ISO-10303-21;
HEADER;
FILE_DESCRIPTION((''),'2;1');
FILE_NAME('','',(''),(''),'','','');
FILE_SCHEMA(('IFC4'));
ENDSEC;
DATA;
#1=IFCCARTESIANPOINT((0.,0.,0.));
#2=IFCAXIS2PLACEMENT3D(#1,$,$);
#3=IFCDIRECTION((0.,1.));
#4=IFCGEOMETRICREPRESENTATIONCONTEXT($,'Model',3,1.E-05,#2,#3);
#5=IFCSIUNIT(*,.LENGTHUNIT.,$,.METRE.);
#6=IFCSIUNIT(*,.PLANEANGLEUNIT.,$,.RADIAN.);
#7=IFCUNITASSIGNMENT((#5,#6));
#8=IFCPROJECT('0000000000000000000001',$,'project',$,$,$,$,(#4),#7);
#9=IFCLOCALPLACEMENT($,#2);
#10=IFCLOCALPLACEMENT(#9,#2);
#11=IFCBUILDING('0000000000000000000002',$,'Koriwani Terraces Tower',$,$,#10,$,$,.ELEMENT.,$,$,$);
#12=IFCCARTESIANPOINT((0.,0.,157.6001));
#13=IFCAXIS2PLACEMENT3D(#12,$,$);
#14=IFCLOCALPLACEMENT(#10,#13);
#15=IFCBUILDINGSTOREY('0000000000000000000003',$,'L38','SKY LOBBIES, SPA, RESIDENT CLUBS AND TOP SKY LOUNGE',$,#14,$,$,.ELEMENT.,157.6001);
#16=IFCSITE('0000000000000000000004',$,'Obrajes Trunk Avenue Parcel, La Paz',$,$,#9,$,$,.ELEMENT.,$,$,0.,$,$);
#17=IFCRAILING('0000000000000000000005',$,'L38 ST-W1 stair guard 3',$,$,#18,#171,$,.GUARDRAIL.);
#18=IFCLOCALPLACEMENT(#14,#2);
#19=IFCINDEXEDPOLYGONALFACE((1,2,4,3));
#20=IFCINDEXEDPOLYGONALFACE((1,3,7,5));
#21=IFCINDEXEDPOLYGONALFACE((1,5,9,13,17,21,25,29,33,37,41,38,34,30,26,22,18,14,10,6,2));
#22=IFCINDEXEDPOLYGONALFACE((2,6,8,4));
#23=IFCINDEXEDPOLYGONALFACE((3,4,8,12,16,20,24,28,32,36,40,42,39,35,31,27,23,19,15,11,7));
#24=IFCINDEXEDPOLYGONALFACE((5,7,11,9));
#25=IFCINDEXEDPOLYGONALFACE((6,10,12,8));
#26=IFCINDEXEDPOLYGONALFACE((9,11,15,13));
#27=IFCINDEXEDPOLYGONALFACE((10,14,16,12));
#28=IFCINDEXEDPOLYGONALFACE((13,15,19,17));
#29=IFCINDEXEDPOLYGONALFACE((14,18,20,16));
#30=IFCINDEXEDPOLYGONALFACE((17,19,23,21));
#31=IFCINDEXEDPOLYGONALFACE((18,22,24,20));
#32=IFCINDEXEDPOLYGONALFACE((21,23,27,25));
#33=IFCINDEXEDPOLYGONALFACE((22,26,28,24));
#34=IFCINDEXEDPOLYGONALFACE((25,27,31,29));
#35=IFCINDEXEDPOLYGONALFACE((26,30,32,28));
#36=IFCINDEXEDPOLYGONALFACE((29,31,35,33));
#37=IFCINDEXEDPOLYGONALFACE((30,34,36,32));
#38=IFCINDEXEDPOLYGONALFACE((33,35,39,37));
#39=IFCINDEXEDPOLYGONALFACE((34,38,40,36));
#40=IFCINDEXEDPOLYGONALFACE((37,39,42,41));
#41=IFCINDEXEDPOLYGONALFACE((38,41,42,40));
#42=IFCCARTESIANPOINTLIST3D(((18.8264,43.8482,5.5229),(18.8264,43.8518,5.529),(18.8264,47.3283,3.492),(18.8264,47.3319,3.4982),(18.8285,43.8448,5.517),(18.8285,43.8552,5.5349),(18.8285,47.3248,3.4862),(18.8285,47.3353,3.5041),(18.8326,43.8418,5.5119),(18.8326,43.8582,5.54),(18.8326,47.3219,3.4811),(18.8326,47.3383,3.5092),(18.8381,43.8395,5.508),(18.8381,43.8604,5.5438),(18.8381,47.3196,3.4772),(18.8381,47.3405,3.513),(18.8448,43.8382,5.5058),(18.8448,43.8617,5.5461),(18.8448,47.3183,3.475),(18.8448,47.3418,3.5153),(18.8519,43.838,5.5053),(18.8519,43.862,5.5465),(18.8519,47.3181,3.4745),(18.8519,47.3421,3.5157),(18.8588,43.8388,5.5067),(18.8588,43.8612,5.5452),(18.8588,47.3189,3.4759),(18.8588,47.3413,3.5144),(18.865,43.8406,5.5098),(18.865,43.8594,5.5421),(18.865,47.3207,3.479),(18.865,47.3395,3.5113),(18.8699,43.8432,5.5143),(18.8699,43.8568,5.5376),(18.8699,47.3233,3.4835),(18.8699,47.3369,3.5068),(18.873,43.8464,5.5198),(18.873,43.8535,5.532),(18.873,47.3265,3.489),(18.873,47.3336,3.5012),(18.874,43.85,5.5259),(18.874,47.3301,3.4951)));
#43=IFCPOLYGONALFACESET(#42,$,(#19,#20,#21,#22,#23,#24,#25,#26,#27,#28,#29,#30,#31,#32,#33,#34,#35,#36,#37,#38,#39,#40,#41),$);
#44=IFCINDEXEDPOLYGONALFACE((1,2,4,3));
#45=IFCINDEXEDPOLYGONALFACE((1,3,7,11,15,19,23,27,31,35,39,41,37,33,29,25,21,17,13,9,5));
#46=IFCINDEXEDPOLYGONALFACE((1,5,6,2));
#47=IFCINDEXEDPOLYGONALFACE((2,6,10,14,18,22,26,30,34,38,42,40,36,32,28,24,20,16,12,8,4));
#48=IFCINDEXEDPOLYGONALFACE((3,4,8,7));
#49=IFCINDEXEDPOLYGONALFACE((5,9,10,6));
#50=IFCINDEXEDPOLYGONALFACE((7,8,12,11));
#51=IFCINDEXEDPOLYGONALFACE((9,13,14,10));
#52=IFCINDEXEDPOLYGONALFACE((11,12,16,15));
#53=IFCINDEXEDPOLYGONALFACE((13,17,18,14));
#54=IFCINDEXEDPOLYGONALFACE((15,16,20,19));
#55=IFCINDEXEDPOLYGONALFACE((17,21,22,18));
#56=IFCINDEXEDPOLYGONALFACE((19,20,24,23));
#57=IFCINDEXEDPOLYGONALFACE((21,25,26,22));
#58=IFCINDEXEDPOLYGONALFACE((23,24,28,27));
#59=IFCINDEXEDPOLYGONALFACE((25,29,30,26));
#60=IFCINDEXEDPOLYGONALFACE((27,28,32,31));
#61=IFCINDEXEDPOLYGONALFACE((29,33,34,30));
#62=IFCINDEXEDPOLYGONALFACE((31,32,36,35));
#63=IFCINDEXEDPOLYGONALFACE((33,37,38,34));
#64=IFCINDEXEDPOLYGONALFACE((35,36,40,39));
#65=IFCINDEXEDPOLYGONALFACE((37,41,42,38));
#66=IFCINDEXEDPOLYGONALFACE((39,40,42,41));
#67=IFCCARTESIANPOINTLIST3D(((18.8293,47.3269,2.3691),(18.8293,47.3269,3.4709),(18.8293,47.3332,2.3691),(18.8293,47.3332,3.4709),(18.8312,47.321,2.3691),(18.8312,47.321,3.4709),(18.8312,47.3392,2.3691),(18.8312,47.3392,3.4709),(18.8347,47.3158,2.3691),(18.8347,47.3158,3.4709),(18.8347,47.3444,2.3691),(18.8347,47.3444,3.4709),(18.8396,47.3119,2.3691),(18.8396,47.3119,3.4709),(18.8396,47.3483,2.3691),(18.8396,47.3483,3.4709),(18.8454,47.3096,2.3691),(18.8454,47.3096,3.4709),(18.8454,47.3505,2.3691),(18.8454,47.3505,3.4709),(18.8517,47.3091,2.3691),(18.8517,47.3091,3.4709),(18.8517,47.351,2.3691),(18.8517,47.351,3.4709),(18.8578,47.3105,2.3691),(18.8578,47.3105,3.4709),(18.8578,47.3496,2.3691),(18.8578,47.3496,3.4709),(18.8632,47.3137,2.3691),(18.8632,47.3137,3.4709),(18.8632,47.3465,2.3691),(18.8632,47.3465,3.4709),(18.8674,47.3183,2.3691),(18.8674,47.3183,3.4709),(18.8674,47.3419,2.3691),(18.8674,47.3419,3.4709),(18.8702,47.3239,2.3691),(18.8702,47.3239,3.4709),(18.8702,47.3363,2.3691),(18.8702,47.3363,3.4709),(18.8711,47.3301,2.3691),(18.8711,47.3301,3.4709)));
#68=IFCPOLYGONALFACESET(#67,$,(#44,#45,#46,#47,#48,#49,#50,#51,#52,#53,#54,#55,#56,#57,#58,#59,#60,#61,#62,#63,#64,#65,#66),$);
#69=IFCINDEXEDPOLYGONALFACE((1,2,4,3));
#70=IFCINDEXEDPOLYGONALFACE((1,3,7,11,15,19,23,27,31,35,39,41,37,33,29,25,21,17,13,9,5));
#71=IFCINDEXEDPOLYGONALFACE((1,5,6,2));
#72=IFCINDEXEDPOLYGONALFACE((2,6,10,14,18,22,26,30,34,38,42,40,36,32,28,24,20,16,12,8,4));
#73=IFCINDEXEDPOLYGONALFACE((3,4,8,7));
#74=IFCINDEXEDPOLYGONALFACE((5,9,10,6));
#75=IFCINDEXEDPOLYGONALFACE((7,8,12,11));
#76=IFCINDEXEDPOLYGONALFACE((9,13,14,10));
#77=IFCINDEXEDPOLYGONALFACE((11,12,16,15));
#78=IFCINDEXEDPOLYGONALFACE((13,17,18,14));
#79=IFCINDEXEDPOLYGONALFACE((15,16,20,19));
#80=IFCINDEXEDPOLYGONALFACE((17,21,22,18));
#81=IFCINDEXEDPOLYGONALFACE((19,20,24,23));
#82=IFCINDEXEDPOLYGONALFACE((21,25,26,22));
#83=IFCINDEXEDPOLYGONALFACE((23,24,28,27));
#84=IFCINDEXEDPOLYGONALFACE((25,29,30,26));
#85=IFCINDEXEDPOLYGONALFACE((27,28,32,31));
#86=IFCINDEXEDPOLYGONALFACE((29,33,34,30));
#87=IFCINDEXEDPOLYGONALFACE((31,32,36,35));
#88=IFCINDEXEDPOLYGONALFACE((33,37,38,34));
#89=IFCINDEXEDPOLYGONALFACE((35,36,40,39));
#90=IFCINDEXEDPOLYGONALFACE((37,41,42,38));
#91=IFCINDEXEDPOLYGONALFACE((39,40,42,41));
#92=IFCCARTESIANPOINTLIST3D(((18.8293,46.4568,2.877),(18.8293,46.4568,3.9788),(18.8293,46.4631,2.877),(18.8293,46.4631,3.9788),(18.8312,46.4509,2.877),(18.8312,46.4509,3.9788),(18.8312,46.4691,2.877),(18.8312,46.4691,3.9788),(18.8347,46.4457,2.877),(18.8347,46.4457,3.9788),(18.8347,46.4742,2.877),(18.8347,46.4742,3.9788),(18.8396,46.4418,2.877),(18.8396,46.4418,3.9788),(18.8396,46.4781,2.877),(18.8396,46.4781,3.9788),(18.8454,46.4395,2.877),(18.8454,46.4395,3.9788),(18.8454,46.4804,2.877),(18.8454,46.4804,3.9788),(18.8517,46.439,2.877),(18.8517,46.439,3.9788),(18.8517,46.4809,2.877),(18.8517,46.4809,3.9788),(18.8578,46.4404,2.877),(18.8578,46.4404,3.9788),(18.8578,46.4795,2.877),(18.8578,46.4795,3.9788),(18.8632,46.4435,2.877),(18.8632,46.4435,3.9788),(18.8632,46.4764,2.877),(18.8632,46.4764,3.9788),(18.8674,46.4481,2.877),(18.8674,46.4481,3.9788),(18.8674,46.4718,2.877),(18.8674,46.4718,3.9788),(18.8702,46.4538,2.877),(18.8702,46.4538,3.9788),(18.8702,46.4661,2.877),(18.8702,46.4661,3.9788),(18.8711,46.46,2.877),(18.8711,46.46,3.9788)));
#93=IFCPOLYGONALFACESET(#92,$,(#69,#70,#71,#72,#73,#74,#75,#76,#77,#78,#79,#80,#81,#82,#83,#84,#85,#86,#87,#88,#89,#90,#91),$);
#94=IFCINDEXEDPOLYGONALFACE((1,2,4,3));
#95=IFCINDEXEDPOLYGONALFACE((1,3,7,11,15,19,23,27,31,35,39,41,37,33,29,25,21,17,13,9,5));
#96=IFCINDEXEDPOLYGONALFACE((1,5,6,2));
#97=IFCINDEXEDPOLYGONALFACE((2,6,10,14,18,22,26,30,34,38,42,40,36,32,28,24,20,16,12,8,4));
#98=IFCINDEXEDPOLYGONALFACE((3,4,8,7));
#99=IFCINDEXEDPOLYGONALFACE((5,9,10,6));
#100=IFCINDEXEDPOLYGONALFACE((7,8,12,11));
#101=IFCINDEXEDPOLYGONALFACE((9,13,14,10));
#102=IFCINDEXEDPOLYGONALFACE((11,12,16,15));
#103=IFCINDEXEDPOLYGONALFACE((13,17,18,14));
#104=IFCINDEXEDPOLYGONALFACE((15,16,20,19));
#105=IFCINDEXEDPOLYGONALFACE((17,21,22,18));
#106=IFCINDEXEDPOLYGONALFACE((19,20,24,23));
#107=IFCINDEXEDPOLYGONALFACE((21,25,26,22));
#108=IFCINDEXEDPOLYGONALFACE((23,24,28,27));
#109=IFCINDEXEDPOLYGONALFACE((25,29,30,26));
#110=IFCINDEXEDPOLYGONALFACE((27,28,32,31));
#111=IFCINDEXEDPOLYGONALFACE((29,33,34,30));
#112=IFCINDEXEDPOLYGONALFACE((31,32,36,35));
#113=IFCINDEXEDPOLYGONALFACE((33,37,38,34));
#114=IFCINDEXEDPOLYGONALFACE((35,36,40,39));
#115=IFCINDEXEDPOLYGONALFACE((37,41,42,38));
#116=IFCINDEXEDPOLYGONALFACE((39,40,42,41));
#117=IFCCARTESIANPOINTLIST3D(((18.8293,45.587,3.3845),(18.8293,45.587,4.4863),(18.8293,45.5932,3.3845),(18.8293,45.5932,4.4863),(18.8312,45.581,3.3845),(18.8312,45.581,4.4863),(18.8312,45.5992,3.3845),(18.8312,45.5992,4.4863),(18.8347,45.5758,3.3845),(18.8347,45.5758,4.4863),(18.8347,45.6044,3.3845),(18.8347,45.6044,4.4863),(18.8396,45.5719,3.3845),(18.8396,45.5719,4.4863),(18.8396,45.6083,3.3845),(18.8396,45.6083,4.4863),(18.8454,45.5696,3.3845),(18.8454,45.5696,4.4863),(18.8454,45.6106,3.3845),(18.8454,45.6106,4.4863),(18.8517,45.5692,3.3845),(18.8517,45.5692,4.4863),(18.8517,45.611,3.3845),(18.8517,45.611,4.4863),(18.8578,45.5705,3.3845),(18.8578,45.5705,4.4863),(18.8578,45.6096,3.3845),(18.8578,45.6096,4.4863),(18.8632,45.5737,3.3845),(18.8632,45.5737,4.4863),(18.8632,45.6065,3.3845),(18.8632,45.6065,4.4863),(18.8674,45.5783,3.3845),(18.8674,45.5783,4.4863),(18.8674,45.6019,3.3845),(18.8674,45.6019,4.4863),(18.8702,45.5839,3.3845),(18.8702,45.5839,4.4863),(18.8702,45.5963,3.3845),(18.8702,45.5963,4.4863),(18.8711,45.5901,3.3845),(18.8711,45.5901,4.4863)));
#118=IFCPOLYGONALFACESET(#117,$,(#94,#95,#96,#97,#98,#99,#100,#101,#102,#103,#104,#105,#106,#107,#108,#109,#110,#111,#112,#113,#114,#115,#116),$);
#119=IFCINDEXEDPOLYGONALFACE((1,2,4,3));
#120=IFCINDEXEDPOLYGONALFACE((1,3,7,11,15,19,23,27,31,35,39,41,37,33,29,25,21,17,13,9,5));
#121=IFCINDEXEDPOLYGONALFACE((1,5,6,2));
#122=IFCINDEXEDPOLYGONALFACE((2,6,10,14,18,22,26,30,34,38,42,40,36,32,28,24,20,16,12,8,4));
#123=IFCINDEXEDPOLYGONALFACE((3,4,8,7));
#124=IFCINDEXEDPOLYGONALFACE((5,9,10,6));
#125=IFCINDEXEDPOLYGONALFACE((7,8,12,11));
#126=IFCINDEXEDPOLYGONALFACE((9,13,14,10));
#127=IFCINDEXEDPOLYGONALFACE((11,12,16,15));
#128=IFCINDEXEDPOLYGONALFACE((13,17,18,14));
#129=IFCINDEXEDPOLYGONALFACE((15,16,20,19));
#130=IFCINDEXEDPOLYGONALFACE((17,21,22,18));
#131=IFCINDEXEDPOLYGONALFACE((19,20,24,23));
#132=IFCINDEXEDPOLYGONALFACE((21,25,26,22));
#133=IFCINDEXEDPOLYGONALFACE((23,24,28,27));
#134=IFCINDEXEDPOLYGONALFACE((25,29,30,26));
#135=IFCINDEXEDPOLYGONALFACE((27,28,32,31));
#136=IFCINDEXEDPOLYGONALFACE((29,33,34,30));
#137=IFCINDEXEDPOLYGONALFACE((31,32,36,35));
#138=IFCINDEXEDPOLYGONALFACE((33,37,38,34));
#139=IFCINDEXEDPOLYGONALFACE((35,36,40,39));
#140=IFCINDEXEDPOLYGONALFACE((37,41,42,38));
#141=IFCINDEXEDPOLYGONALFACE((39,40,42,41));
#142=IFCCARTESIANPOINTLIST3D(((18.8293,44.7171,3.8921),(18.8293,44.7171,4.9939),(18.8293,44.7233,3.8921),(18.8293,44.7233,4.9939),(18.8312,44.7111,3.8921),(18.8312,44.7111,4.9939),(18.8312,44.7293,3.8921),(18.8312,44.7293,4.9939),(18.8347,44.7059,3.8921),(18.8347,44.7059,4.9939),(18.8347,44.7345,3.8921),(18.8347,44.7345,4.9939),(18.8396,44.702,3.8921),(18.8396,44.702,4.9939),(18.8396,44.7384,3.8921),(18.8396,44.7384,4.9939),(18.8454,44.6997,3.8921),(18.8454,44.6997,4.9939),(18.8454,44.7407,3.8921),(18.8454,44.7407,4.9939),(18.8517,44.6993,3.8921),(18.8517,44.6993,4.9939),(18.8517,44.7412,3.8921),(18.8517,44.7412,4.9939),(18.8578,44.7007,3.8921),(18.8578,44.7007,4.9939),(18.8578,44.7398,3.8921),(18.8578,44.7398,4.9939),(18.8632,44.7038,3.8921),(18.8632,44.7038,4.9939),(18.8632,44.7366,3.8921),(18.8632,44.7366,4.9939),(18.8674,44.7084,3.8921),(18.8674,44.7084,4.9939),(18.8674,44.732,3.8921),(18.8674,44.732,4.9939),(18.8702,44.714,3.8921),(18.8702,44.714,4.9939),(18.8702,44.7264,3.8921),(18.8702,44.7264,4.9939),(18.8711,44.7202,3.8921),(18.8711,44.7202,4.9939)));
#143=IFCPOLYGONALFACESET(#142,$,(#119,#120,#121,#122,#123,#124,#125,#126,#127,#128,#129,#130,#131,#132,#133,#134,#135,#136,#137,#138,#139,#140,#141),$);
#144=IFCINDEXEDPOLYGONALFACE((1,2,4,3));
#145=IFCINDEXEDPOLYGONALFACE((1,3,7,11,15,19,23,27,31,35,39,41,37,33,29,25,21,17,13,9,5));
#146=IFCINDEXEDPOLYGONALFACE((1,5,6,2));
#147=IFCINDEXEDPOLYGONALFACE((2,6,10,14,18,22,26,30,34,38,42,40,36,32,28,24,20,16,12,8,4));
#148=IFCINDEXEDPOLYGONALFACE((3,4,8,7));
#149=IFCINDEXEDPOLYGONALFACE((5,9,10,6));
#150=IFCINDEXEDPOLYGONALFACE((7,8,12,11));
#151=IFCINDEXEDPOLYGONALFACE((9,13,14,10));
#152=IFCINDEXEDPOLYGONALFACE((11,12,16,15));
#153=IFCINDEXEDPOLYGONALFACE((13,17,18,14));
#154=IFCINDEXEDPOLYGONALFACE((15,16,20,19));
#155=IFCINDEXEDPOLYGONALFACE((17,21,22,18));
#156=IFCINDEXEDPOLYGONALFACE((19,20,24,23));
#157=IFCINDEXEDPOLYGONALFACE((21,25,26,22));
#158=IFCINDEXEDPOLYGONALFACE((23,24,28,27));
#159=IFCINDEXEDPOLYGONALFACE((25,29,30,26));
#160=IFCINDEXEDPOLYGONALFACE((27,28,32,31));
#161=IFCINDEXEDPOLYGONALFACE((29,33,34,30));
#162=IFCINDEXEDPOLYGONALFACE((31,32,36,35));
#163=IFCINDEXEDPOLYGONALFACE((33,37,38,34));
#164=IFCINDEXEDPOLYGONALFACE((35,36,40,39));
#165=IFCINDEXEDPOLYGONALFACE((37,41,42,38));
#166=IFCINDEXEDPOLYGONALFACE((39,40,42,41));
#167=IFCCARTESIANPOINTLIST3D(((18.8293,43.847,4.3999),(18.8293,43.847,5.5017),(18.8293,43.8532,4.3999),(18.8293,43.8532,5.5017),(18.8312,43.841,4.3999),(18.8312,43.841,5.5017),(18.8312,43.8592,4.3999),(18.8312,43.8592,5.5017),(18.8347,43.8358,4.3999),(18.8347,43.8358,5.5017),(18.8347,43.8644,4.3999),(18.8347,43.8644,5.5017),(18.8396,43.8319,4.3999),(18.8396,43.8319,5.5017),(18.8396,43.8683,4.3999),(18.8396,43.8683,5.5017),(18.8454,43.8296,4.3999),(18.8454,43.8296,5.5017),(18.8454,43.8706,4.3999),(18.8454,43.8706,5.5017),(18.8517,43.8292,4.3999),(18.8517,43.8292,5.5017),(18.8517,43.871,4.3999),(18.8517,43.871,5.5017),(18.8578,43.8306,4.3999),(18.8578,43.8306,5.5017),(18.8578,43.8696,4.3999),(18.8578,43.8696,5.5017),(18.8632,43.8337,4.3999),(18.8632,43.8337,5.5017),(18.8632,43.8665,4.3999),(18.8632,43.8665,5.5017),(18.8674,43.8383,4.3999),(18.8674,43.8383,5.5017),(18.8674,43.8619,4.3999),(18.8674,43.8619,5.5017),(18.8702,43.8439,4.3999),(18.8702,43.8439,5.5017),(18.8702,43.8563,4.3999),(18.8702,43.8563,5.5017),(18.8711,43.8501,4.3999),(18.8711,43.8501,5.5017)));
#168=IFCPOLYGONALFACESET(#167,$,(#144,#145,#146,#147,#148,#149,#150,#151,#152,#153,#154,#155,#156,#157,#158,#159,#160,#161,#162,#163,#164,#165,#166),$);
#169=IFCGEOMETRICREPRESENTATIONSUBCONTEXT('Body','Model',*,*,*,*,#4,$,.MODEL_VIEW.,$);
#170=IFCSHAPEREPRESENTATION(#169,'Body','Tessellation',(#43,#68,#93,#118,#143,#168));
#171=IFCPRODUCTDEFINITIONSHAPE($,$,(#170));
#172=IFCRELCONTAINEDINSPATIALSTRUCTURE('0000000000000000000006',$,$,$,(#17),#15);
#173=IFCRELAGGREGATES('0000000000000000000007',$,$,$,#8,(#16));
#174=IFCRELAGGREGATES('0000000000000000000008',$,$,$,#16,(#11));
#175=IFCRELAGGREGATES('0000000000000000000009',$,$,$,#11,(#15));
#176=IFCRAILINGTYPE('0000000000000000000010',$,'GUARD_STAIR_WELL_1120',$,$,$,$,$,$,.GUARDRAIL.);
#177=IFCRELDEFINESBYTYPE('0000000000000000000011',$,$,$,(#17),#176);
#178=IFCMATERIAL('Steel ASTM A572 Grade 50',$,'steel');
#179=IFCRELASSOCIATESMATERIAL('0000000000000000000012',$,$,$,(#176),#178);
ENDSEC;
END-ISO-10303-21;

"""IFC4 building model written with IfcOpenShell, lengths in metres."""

from ifc_helpers import new_model, si_unit, direction, frame, origin, origin_2d, place, context, subcontext, project, spatial, circle, extrude, material, type_object, element, save


model = new_model("IFC4")

# Units and contexts
model_context = context("Model", 3, precision=1e-05, world=origin(), true_north=direction((0.0, 1.0)))
body_context = subcontext(model_context, "Body", "Model", "MODEL_VIEW")
ifc_project = project(units=[si_unit("LENGTHUNIT", "METRE"), si_unit("PLANEANGLEUNIT", "RADIAN")], contexts=[model_context])

# Site, building, storey
site_placement = place(None, origin())
site = spatial("IfcSite", under=ifc_project, at=site_placement, Name="Obrajes Trunk Avenue Parcel, La Paz", CompositionType="ELEMENT", RefElevation=0.0)
building_placement = place(site_placement, origin())
building = spatial("IfcBuilding", under=site, at=building_placement, Name="Koriwani Terraces Tower", CompositionType="ELEMENT")
storey_placement = place(building_placement, frame((0.0, 0.0, 157.6001)))
storey = spatial("IfcBuildingStorey", under=building, at=storey_placement, Name="L38", Description="SKY LOBBIES, SPA, RESIDENT CLUBS AND TOP SKY LOUNGE", CompositionType="ELEMENT", Elevation=157.6001)

# Shared definitions
ifc_material_1 = material(Name="Steel ASTM A572 Grade 50", Category="steel")

# Railing
railing_type_1 = type_object("IfcRailingType", Name="GUARD_STAIR_WELL_1120", PredefinedType="GUARDRAIL", material=ifc_material_1)
for number, where, name in (
    (1, (18.8501, 47.3301, 2.3691), "L38 ST-W1 stair guard 3"),
):
    element("IfcRailing", number, at=place(storey_placement, frame(where)), inside=storey, type_object=railing_type_1, Name=name, PredefinedType="GUARDRAIL", context=body_context, shape_type="SweptSolid", body=[
        extrude(circle(Radius=0.0239, at=origin_2d()), frame((0.0, 0.0, 1.126), z_axis=(0.0, -0.863695, 0.504014), x_axis=(1.0, 0.0, 0.0)), (0.0, 0.0, 1.0), 4.0293),
        extrude(circle(Radius=0.021, at=origin_2d()), origin(), (0.0, 0.0, 1.0), 1.1018),
        extrude(circle(Radius=0.021, at=origin_2d()), frame((0.0, -0.8701, 0.5078)), (0.0, 0.0, 1.0), 1.1018),
        extrude(circle(Radius=0.021, at=origin_2d()), frame((0.0, -1.74, 1.0154)), (0.0, 0.0, 1.0), 1.1018),
        extrude(circle(Radius=0.021, at=origin_2d()), frame((0.0, -2.6099, 1.5229)), (0.0, 0.0, 1.0), 1.1018),
        extrude(circle(Radius=0.021, at=origin_2d()), frame((0.0, -3.48, 2.0308)), (0.0, 0.0, 1.0), 1.1018),
    ])

save(model, "model.ifc")
